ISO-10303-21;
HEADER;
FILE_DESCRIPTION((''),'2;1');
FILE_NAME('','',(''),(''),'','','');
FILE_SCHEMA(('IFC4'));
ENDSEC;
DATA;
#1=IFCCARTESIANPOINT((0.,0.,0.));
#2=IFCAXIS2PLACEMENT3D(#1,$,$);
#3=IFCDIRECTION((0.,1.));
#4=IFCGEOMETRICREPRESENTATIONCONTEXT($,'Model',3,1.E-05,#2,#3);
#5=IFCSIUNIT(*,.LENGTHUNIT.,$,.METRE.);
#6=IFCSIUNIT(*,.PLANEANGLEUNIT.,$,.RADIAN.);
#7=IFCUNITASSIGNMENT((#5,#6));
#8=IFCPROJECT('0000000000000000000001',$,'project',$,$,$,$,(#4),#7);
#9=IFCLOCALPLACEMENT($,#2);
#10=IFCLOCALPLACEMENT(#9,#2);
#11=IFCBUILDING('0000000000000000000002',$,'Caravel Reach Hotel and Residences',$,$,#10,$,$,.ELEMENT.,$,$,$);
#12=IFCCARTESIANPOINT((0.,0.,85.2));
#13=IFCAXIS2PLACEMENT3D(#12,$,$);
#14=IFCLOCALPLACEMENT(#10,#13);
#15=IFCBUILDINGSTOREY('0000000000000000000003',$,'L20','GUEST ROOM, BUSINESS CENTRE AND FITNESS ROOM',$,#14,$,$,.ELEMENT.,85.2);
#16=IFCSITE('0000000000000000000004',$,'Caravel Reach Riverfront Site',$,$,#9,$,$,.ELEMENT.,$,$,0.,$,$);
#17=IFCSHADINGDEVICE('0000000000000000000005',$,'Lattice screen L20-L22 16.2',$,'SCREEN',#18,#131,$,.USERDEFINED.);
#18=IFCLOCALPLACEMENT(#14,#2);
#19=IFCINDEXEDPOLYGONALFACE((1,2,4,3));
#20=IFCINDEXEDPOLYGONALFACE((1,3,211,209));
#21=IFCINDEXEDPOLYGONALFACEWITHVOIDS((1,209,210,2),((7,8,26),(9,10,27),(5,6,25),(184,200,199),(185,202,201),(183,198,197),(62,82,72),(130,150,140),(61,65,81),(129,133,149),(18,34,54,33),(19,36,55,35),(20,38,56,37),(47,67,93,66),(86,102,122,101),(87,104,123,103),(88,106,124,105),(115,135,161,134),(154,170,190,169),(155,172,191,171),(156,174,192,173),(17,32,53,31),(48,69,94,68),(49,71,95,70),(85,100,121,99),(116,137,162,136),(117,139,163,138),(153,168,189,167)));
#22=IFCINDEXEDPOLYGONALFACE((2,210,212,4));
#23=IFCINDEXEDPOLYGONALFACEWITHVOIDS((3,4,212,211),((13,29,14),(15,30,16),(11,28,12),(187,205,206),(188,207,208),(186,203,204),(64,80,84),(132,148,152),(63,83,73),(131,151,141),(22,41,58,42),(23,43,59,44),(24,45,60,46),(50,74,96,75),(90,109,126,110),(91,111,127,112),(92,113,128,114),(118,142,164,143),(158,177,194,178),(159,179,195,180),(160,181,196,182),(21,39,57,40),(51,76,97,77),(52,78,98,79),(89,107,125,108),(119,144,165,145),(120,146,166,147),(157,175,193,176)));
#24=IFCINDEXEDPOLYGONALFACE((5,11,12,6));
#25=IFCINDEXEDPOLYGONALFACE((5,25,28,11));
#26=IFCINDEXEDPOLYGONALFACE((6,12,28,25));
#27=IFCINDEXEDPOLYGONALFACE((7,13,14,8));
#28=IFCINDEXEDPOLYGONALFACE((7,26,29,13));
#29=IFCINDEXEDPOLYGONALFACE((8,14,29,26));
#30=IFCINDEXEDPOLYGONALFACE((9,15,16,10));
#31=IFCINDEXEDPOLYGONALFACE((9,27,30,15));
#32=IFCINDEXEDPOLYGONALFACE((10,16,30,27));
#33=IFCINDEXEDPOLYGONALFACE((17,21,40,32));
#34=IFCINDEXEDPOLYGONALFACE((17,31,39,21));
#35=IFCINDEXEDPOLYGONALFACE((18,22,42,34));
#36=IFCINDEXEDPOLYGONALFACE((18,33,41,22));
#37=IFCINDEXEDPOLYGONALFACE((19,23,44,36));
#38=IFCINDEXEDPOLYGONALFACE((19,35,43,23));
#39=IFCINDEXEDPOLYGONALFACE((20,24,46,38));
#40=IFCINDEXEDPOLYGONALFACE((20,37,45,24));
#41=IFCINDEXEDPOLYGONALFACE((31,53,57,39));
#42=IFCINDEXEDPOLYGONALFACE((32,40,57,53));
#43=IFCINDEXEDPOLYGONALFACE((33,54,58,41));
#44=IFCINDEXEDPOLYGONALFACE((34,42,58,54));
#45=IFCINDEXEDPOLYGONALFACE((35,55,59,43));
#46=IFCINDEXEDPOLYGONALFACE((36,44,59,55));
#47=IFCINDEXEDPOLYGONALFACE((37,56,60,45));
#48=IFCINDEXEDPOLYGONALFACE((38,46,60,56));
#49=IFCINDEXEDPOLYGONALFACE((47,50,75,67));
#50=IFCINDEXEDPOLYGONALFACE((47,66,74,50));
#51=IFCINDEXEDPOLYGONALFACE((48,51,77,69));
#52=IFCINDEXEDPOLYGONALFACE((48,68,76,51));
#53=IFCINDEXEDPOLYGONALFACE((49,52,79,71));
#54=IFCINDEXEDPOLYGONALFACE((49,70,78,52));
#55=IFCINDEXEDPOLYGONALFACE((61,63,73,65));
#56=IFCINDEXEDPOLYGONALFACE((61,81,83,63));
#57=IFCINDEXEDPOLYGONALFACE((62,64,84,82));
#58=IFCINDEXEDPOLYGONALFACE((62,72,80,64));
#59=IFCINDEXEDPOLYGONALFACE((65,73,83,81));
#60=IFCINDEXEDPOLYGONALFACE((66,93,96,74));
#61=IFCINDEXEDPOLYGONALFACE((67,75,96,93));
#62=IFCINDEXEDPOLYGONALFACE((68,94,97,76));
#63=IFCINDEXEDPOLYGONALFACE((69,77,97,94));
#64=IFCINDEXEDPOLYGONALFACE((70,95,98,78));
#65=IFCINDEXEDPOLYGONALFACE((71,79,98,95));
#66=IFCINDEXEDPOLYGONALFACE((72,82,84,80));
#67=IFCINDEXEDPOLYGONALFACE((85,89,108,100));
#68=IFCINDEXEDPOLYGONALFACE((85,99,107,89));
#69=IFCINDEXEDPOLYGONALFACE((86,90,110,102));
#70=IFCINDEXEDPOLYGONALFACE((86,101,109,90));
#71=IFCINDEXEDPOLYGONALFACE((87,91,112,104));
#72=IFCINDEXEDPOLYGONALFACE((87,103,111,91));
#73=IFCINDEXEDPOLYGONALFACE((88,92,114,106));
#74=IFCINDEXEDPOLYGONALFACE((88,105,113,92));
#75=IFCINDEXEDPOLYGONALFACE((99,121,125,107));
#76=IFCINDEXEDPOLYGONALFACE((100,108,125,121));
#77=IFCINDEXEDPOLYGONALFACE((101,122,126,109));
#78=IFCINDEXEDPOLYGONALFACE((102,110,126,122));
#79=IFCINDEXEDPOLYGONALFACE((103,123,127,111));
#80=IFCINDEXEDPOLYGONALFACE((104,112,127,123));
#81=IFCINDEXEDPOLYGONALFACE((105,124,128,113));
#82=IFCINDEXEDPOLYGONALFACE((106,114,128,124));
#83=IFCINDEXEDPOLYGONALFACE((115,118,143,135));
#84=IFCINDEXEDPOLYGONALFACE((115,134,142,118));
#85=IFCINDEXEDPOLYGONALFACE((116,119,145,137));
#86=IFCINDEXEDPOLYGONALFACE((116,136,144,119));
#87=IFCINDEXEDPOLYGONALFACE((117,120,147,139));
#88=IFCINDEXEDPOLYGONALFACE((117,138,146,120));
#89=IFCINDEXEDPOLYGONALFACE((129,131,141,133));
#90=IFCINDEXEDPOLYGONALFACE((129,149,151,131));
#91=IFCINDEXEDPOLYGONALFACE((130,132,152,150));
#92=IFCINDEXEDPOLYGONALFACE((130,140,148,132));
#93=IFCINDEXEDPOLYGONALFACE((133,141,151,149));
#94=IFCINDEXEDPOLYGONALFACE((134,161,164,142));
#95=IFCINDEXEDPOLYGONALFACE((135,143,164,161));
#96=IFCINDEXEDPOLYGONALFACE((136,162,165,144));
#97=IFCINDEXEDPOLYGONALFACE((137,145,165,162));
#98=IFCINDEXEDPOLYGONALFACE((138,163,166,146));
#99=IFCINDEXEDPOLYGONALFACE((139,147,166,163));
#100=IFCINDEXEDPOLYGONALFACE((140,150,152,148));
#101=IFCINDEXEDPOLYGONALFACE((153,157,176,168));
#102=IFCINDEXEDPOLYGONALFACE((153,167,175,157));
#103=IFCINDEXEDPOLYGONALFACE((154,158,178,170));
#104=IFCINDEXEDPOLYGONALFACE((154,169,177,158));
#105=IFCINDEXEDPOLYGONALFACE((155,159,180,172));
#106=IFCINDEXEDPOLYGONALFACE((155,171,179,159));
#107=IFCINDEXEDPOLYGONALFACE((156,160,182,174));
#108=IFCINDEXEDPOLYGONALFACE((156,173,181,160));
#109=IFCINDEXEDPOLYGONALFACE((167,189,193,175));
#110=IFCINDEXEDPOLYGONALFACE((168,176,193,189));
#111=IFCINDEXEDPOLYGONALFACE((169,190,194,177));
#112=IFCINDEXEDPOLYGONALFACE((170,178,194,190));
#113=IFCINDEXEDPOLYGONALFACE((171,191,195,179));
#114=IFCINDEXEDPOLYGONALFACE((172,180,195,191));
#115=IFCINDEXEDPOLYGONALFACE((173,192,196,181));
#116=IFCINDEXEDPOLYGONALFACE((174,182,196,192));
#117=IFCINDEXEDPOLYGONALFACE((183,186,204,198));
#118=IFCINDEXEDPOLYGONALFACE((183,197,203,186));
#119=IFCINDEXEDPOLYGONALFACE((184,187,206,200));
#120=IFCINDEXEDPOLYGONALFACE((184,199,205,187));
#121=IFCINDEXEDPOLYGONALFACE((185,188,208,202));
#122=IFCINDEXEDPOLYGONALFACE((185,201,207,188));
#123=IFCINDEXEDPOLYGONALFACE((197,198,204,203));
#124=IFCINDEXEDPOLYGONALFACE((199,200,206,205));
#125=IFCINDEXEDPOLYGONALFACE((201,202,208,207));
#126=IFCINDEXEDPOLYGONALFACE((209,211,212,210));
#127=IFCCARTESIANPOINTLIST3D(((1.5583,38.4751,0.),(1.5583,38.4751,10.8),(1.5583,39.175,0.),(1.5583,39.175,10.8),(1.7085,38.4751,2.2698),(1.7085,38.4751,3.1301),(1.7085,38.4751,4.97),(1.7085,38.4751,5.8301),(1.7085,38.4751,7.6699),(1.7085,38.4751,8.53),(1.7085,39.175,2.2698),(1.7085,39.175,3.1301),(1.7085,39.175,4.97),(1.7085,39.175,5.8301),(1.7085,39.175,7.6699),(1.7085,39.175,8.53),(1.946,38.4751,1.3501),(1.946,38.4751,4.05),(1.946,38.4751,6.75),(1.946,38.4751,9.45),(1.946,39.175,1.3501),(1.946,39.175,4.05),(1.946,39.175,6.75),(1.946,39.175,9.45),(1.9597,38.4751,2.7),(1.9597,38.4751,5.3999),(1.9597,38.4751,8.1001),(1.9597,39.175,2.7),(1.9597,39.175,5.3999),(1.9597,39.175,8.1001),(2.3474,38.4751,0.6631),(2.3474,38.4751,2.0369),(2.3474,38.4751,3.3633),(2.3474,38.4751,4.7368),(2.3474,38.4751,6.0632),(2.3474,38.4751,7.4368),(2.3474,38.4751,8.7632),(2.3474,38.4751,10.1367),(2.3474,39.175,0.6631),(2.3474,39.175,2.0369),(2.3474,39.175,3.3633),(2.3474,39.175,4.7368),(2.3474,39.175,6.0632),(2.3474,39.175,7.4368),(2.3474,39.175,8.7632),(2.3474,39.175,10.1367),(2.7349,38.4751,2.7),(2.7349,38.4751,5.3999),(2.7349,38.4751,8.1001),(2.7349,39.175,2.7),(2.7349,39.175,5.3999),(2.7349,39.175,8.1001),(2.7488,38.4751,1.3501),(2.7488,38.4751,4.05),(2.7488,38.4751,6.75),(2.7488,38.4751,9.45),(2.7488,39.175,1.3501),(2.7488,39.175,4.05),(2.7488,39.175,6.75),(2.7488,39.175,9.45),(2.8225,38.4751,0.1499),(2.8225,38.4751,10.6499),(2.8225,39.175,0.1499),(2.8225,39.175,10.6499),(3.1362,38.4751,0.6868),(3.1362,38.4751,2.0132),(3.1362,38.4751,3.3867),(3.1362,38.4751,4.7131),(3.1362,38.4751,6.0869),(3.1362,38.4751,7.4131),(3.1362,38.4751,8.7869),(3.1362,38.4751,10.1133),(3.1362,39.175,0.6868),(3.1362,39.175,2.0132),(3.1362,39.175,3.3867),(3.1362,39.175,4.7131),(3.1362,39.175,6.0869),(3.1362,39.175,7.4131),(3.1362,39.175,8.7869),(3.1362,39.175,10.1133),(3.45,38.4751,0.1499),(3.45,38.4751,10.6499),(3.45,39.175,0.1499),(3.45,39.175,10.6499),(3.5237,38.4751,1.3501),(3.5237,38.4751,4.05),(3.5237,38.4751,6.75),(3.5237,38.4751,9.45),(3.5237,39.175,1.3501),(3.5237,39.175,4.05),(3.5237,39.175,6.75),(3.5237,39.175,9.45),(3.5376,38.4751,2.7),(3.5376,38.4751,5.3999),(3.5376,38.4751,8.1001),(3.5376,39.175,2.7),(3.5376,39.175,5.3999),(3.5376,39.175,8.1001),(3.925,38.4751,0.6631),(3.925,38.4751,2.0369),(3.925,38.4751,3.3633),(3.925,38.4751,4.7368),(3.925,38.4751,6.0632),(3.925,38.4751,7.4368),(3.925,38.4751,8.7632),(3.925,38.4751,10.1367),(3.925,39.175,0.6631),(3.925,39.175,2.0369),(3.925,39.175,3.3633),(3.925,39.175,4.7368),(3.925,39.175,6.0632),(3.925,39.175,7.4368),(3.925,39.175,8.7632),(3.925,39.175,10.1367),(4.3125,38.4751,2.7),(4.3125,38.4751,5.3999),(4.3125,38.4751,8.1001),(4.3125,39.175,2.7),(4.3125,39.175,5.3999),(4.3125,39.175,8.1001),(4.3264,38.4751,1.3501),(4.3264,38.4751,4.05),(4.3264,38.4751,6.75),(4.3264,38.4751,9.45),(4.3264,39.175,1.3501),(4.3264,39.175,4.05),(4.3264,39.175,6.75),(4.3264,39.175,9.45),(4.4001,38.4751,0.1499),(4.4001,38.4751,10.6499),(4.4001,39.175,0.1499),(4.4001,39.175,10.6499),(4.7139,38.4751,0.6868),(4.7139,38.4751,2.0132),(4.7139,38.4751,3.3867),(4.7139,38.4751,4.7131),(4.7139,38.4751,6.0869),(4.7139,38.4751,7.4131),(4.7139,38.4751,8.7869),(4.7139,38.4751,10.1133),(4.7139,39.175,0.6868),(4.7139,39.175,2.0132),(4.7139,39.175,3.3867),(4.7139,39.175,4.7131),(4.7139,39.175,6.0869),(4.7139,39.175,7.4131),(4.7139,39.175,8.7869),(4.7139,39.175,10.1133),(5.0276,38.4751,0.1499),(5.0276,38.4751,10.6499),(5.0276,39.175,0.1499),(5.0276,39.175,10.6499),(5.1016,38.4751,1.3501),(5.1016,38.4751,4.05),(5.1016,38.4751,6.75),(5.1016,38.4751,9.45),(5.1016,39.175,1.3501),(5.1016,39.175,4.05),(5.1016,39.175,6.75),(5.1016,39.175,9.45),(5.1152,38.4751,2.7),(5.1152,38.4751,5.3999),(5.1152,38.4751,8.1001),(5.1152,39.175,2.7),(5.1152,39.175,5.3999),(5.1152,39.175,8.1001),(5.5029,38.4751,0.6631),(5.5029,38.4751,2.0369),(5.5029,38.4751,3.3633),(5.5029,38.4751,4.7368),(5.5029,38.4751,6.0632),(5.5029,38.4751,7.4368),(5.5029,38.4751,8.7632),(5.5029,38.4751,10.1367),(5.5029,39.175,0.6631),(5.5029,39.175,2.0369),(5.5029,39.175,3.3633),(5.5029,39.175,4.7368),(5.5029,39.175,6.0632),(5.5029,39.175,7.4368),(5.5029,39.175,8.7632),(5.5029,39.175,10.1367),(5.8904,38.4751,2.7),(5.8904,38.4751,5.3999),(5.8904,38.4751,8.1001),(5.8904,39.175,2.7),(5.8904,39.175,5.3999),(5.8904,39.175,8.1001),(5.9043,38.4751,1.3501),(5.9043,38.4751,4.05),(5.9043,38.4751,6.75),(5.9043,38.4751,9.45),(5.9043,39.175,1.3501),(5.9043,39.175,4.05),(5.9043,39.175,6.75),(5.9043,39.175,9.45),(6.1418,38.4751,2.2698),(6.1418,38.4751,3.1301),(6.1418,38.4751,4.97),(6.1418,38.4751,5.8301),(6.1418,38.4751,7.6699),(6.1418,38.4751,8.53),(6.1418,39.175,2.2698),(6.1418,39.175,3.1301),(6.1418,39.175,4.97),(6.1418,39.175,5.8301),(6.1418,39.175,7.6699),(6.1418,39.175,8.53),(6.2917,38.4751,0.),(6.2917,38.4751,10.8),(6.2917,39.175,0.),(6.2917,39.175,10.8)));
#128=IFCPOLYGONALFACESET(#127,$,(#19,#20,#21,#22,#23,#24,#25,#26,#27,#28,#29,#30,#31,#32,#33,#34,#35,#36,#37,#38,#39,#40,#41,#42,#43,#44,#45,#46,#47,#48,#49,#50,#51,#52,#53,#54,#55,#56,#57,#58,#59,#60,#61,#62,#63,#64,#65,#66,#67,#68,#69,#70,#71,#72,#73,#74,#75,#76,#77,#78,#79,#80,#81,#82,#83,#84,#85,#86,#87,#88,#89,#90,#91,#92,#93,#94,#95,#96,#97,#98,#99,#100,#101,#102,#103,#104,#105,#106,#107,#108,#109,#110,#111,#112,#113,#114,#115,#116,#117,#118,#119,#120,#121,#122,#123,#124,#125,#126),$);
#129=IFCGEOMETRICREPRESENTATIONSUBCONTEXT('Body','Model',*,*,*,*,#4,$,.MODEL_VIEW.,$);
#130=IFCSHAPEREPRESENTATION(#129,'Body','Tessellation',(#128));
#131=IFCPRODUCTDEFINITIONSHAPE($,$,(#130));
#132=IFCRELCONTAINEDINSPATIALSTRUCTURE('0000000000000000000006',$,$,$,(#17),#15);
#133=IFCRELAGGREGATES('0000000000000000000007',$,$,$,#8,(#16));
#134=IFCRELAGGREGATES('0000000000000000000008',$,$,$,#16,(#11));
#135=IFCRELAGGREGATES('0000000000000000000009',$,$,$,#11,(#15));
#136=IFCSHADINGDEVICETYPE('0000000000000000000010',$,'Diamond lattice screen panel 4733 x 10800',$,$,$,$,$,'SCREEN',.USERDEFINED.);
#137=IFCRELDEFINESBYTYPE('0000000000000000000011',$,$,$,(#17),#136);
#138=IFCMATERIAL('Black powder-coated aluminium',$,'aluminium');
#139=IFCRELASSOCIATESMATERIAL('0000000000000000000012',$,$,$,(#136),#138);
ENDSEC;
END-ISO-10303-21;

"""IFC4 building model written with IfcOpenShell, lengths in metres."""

from ifc_helpers import new_model, si_unit, direction, frame, origin, place, context, subcontext, project, spatial, polyline, outline, extrude, material, type_object, element, save


model = new_model("IFC4")

# Units and contexts
model_context = context("Model", 3, precision=1e-05, world=origin(), true_north=direction((0.0, 1.0)))
body_context = subcontext(model_context, "Body", "Model", "MODEL_VIEW")
ifc_project = project(units=[si_unit("LENGTHUNIT", "METRE"), si_unit("PLANEANGLEUNIT", "RADIAN")], contexts=[model_context])

# Site, building, storey
site_placement = place(None, origin())
site = spatial("IfcSite", under=ifc_project, at=site_placement, Name="Caravel Reach Riverfront Site", CompositionType="ELEMENT", RefElevation=0.0)
building_placement = place(site_placement, origin())
building = spatial("IfcBuilding", under=site, at=building_placement, Name="Caravel Reach Hotel and Residences", CompositionType="ELEMENT")
storey_placement = place(building_placement, frame((0.0, 0.0, 85.2)))
storey = spatial("IfcBuildingStorey", under=building, at=storey_placement, Name="L20", Description="GUEST ROOM, BUSINESS CENTRE AND FITNESS ROOM", CompositionType="ELEMENT", Elevation=85.2)

# Shading device
ifc_material_1 = material(Name="Black powder-coated aluminium", Category="aluminium")
shading_device_type_1 = type_object("IfcShadingDeviceType", Name="Diamond lattice screen panel 4733 x 10800", ElementType="SCREEN", PredefinedType="USERDEFINED", material=ifc_material_1)
shading_device_1_placement = place(storey_placement, frame((6.2917, 38.4751, 0.0), z_axis=(0.0, 1.0, 0.0), x_axis=(-1.0, 0.0, 0.0)))
element("IfcShadingDevice", 1, at=shading_device_1_placement, inside=storey, type_object=shading_device_type_1, Name="Lattice screen L20-L22 16.2", ObjectType="SCREEN", PredefinedType="USERDEFINED", context=body_context, shape_type="SweptSolid", body=[
    extrude(outline(polyline([(0.0, 0.0), (4.7334, 0.0), (4.7334, 10.8), (0.0, 10.8), (0.0, 0.0)]), holes=[polyline([(0.4014, 2.7), (0.1499, 3.1301), (0.1499, 2.2698), (0.4014, 2.7)]), polyline([(0.4014, 5.3999), (0.1499, 5.8301), (0.1499, 4.97), (0.4014, 5.3999)]), polyline([(0.4014, 8.1001), (0.1499, 8.53), (0.1499, 7.6699), (0.4014, 8.1001)]), polyline([(0.7888, 2.0369), (0.3875, 1.3501), (0.7888, 0.6631), (1.1902, 1.3501), (0.7888, 2.0369)]), polyline([(0.7888, 4.7368), (0.3875, 4.05), (0.7888, 3.3633), (1.1902, 4.05), (0.7888, 4.7368)]), polyline([(0.7888, 7.4368), (0.3875, 6.75), (0.7888, 6.0632), (1.1902, 6.75), (0.7888, 7.4368)]), polyline([(0.7888, 10.1367), (0.3875, 9.45), (0.7888, 8.7632), (1.1902, 9.45), (0.7888, 10.1367)]), polyline([(1.5779, 0.6868), (1.2642, 0.1499), (1.8916, 0.1499), (1.5779, 0.6868)]), polyline([(1.5779, 3.3867), (1.1765, 2.7), (1.5779, 2.0132), (1.9792, 2.7), (1.5779, 3.3867)]), polyline([(1.5779, 6.0869), (1.1765, 5.3999), (1.5779, 4.7131), (1.9792, 5.3999), (1.5779, 6.0869)]), polyline([(1.5779, 8.7869), (1.1765, 8.1001), (1.5779, 7.4131), (1.9792, 8.1001), (1.5779, 8.7869)]), polyline([(1.5779, 10.1133), (1.8916, 10.6499), (1.2642, 10.6499), (1.5779, 10.1133)]), polyline([(2.3667, 2.0369), (1.9653, 1.3501), (2.3667, 0.6631), (2.7681, 1.3501), (2.3667, 2.0369)]), polyline([(2.3667, 4.7368), (1.9653, 4.05), (2.3667, 3.3633), (2.7681, 4.05), (2.3667, 4.7368)]), polyline([(2.3667, 7.4368), (1.9653, 6.75), (2.3667, 6.0632), (2.7681, 6.75), (2.3667, 7.4368)]), polyline([(2.3667, 10.1367), (1.9653, 9.45), (2.3667, 8.7632), (2.7681, 9.45), (2.3667, 10.1367)]), polyline([(3.1555, 0.6868), (2.8418, 0.1499), (3.4692, 0.1499), (3.1555, 0.6868)]), polyline([(3.1555, 3.3867), (2.7542, 2.7), (3.1555, 2.0132), (3.5569, 2.7), (3.1555, 3.3867)]), polyline([(3.1555, 6.0869), (2.7542, 5.3999), (3.1555, 4.7131), (3.5569, 5.3999), (3.1555, 6.0869)]), polyline([(3.1555, 8.7869), (2.7542, 8.1001), (3.1555, 7.4131), (3.5569, 8.1001), (3.1555, 8.7869)]), polyline([(3.1555, 10.1133), (3.4692, 10.6499), (2.8418, 10.6499), (3.1555, 10.1133)]), polyline([(3.9443, 2.0369), (3.543, 1.3501), (3.9443, 0.6631), (4.3457, 1.3501), (3.9443, 2.0369)]), polyline([(3.9443, 4.7368), (3.543, 4.05), (3.9443, 3.3633), (4.3457, 4.05), (3.9443, 4.7368)]), polyline([(3.9443, 7.4368), (3.543, 6.75), (3.9443, 6.0632), (4.3457, 6.75), (3.9443, 7.4368)]), polyline([(3.9443, 10.1367), (3.543, 9.45), (3.9443, 8.7632), (4.3457, 9.45), (3.9443, 10.1367)]), polyline([(4.332, 2.7), (4.5833, 2.2698), (4.5833, 3.1301), (4.332, 2.7)]), polyline([(4.332, 5.3999), (4.5833, 4.97), (4.5833, 5.8301), (4.332, 5.3999)]), polyline([(4.332, 8.1001), (4.5833, 7.6699), (4.5833, 8.53), (4.332, 8.1001)])]), origin(), (0.0, 0.0, 1.0), 0.7),
])

save(model, "model.ifc")
